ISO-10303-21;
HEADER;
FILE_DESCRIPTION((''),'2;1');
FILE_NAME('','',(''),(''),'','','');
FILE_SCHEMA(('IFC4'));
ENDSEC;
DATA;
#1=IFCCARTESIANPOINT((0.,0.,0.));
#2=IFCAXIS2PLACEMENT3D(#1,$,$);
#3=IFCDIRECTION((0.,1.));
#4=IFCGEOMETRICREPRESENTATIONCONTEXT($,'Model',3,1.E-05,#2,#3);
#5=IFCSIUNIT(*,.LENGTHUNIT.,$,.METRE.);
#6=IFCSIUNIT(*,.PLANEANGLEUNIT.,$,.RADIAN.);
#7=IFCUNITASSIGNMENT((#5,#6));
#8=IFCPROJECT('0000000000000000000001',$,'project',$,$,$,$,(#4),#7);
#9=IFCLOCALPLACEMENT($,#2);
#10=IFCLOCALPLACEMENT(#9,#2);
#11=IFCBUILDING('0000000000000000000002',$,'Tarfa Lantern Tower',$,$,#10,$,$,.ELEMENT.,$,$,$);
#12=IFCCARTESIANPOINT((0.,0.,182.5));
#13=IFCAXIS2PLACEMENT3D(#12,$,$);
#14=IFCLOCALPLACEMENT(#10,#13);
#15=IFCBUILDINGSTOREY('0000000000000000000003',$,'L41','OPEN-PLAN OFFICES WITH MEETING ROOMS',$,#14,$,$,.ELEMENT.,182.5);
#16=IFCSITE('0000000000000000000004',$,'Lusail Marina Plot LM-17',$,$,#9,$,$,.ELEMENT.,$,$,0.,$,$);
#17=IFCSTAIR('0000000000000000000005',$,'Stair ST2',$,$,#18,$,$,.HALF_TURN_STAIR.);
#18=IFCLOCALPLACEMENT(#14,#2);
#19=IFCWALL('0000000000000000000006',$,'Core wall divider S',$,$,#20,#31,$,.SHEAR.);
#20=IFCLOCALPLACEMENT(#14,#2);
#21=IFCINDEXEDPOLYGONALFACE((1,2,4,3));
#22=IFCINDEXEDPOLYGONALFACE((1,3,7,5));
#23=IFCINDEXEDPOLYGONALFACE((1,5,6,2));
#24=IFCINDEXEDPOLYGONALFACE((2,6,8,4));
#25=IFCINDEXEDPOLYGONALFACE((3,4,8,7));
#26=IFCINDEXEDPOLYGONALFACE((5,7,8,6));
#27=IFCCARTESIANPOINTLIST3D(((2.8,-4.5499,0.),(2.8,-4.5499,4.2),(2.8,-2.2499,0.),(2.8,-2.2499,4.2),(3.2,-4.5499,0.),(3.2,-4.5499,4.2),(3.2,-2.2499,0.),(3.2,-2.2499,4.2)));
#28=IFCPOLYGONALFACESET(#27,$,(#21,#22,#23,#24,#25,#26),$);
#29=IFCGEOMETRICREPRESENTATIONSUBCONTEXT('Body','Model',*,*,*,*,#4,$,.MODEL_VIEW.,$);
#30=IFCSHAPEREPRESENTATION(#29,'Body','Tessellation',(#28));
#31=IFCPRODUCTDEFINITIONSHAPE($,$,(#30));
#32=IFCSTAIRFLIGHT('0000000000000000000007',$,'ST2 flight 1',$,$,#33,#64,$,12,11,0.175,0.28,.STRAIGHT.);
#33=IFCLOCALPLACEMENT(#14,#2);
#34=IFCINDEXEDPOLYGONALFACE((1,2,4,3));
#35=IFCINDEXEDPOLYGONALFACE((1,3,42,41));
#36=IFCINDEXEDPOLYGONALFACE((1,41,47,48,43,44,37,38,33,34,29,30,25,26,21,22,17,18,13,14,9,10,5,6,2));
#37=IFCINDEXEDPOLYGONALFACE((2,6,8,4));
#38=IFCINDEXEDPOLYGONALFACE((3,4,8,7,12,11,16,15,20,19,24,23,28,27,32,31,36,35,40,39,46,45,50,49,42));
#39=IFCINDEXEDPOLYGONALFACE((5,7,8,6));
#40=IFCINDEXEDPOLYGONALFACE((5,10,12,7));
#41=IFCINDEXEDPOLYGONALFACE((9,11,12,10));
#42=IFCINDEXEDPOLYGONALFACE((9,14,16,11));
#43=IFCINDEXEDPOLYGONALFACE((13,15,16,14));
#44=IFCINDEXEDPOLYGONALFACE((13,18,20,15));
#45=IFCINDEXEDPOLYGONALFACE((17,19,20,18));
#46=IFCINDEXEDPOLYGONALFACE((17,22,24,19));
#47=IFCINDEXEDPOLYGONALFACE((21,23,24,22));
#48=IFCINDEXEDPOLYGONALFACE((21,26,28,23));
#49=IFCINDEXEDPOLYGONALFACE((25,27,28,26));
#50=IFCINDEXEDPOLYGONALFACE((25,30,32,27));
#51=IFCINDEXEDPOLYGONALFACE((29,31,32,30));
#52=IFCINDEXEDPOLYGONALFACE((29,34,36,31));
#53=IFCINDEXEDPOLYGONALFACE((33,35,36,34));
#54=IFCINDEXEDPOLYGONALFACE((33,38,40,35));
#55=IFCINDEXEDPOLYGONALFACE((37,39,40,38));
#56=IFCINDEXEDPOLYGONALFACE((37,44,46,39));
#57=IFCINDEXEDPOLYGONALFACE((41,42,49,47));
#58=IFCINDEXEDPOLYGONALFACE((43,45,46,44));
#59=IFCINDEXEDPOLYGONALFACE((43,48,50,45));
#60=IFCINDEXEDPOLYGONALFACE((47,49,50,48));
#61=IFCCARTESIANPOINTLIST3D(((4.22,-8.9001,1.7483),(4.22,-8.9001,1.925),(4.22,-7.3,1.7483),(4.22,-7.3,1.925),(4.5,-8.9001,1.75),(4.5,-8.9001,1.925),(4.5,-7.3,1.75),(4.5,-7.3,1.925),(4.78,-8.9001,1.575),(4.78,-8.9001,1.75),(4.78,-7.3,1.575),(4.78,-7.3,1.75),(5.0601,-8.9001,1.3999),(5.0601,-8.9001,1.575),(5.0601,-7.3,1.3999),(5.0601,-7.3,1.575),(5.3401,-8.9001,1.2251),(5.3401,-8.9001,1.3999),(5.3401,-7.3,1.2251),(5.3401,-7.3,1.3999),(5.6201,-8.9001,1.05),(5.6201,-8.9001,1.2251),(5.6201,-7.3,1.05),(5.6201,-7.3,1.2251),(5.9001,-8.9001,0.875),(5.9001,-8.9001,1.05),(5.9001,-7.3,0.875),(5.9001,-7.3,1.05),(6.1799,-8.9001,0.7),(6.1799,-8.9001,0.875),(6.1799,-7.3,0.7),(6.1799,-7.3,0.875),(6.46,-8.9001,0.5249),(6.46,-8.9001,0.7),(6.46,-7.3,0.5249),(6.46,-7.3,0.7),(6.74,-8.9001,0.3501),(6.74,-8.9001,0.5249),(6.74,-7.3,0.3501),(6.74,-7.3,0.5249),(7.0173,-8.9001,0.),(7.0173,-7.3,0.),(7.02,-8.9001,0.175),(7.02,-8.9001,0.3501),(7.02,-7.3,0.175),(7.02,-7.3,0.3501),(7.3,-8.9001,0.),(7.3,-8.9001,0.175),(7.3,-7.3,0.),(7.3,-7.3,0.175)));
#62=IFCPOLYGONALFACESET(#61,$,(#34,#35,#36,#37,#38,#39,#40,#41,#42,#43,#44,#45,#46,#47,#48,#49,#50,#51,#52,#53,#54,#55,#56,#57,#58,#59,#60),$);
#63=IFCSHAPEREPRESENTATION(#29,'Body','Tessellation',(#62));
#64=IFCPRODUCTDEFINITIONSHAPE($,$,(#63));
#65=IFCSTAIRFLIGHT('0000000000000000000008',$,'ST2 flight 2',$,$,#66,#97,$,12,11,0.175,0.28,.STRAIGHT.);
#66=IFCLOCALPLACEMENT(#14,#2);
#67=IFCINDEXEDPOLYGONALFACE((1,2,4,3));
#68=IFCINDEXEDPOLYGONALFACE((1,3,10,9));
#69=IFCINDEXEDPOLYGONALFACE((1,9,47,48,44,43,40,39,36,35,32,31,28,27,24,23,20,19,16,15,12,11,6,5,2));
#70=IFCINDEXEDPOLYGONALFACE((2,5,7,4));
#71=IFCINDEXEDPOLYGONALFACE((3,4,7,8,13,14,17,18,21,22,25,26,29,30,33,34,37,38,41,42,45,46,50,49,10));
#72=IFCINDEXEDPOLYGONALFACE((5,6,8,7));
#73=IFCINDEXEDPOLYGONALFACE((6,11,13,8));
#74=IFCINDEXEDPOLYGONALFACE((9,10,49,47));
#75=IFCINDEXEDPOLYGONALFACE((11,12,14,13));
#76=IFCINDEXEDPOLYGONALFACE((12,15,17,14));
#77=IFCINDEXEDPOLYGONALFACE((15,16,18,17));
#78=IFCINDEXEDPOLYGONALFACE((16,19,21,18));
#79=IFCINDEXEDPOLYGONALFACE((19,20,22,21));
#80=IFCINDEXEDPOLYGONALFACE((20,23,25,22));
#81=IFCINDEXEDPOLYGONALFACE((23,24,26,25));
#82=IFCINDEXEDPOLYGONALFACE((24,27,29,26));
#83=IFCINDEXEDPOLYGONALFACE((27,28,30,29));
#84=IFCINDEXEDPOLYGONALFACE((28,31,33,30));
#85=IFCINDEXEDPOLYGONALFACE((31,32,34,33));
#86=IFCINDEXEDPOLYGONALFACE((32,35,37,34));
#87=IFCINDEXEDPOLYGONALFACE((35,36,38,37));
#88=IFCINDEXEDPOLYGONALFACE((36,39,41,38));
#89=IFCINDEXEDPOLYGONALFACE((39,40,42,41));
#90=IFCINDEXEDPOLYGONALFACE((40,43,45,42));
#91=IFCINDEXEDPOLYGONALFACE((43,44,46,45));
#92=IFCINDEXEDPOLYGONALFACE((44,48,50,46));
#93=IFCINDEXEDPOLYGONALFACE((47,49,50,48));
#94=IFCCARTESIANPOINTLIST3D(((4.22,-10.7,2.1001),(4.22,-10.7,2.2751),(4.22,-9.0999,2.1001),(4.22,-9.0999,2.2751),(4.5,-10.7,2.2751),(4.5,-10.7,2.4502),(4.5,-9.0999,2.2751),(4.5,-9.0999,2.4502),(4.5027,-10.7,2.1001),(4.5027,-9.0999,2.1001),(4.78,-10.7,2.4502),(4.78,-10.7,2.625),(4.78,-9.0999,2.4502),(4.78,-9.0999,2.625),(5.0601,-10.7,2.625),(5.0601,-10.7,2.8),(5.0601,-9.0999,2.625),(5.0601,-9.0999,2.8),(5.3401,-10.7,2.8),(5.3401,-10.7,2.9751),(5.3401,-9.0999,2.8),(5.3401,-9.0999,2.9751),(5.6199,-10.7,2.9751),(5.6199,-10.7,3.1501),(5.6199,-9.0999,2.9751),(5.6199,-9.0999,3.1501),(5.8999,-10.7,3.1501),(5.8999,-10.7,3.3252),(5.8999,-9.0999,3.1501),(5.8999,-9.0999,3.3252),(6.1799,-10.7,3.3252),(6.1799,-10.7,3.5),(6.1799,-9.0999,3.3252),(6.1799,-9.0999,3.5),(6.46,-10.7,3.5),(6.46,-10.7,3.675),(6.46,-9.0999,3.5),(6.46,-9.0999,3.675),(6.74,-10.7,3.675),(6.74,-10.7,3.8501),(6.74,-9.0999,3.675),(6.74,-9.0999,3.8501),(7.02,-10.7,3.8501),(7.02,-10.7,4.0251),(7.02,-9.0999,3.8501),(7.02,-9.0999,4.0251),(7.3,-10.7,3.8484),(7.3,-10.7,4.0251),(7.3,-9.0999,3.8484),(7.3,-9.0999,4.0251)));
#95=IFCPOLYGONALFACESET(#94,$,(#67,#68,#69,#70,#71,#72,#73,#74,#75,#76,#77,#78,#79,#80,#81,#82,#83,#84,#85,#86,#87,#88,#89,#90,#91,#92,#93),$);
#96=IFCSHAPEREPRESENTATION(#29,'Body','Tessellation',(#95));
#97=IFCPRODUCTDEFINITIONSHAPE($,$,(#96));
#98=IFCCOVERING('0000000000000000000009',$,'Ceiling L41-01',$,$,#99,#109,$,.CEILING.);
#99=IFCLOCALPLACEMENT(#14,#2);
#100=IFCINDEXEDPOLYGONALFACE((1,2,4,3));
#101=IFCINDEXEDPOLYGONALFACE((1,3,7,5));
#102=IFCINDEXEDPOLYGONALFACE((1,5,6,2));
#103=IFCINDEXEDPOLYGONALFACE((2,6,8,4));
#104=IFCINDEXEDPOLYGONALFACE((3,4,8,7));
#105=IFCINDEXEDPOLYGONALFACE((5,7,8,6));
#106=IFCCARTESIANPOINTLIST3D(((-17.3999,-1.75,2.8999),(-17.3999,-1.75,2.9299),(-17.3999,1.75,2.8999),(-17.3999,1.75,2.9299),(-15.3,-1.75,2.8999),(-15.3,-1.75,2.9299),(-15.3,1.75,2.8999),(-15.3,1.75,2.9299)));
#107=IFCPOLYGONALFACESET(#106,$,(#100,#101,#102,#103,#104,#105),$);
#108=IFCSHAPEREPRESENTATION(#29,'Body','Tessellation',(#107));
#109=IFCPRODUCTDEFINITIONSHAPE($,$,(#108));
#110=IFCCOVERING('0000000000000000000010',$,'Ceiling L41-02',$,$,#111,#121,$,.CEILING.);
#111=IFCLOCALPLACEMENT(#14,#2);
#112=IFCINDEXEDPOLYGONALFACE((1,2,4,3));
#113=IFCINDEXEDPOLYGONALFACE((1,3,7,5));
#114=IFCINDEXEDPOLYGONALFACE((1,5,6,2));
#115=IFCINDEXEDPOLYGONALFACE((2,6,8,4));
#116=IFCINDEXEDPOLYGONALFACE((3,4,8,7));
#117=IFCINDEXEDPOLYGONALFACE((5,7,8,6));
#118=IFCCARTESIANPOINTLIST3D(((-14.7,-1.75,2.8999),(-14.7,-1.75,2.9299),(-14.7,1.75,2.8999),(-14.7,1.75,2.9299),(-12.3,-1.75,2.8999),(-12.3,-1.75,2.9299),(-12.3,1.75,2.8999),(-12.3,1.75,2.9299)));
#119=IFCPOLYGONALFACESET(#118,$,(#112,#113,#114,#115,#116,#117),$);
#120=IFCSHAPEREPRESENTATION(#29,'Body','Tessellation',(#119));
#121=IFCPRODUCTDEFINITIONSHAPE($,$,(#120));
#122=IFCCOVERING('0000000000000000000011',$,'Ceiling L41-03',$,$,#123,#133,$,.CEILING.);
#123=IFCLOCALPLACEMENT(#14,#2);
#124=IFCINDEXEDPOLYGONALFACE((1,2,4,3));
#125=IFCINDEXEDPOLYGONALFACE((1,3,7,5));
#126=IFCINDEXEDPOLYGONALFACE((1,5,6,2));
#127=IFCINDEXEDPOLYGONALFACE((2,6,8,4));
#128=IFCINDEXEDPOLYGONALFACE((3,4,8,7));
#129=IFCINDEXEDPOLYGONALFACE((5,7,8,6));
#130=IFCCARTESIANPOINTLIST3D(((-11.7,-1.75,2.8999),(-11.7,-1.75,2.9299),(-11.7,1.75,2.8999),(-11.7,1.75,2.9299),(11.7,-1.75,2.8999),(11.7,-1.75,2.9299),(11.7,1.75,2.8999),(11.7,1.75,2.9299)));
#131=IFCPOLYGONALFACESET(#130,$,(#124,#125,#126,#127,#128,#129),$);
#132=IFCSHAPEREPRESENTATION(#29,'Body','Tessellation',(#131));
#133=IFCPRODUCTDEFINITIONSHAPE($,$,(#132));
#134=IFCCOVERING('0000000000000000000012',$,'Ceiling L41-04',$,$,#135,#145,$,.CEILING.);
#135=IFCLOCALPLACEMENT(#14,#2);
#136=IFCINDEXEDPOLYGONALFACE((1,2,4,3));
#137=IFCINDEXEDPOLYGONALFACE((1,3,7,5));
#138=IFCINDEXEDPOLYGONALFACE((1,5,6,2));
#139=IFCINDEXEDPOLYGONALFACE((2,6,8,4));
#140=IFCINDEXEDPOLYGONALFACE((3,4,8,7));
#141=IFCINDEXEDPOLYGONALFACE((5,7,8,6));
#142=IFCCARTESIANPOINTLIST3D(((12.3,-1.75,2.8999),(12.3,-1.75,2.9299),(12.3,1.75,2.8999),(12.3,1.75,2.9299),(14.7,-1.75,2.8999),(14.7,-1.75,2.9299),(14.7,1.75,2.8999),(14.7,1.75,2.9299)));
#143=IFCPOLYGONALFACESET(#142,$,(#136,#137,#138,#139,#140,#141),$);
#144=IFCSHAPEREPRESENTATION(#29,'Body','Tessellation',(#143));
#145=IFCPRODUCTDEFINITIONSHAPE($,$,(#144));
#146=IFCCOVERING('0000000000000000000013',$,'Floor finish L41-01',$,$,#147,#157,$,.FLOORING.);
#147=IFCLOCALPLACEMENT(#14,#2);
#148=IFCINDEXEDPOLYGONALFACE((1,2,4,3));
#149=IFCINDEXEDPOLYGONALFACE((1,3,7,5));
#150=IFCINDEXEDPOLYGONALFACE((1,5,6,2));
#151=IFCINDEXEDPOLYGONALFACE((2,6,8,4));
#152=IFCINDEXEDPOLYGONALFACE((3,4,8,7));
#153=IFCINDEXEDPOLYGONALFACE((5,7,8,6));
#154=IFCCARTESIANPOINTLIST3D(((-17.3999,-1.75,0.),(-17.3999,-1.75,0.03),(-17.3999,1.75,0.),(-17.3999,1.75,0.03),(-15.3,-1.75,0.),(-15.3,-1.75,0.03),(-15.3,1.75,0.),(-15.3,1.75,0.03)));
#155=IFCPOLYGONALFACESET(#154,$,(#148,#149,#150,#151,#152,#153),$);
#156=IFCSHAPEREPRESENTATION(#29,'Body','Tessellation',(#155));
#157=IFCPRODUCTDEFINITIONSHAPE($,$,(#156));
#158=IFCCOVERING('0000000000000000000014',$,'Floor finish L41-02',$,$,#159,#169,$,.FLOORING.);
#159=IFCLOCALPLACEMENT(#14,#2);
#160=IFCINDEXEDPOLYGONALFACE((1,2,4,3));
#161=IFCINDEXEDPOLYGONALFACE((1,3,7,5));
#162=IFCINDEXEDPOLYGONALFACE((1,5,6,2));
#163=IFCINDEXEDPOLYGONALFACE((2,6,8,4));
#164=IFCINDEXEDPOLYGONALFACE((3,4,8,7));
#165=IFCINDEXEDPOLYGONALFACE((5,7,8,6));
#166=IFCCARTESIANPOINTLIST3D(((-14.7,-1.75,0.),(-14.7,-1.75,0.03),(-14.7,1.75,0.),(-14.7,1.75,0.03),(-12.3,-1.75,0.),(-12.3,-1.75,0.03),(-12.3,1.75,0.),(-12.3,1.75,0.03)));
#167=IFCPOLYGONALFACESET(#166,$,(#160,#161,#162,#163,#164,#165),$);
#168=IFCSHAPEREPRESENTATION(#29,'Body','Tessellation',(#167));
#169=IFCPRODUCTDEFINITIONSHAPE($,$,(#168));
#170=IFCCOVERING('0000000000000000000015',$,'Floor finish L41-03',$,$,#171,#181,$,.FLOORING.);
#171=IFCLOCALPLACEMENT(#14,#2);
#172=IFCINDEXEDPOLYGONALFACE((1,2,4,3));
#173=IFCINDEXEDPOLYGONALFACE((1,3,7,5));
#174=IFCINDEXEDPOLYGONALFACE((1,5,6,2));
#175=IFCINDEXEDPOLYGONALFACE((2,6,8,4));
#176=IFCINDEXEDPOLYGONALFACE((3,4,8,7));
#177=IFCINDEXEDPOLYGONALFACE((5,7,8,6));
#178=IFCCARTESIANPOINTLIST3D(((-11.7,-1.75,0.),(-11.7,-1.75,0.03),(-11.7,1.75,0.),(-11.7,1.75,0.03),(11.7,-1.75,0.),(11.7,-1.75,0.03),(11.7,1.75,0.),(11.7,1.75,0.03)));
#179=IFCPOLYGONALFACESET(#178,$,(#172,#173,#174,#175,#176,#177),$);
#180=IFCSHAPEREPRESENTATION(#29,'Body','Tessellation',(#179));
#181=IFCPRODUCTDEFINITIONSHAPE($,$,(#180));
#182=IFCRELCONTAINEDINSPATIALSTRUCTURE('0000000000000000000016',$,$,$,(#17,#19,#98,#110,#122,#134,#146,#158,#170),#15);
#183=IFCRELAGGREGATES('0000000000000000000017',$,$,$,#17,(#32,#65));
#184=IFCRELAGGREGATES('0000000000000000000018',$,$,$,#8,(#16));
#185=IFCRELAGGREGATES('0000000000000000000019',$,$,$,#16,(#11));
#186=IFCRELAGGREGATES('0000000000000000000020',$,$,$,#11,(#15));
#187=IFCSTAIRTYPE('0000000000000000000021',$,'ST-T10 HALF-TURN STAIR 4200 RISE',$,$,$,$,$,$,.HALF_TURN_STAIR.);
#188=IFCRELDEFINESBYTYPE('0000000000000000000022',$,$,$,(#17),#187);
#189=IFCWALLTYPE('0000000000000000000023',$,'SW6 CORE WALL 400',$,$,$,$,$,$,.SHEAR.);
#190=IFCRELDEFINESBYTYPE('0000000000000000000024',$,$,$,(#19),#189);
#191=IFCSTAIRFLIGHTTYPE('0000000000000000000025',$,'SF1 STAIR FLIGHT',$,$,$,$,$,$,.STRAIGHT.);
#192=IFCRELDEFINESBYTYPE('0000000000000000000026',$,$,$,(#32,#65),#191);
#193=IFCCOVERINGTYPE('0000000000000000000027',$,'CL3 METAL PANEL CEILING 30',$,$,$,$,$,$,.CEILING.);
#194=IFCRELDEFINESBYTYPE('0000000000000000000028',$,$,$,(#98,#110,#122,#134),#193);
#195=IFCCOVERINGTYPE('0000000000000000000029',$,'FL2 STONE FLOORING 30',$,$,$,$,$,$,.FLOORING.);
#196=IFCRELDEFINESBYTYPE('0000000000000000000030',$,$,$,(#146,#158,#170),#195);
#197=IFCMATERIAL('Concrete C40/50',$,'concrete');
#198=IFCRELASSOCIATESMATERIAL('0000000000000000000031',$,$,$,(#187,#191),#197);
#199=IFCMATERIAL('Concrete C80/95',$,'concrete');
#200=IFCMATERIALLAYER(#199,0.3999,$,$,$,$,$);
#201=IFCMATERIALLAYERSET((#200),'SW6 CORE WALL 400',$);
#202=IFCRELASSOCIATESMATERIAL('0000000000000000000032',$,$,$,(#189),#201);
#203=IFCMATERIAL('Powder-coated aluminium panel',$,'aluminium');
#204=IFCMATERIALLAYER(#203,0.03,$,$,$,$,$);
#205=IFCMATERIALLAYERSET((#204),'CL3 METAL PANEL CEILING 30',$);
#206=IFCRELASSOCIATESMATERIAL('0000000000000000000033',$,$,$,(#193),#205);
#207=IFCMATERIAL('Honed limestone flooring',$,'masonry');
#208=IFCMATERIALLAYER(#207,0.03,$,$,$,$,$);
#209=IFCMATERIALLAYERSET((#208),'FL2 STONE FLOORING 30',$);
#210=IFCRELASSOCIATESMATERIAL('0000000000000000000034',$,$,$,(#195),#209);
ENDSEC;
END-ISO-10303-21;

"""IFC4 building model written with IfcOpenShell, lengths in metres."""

from ifc_helpers import new_model, si_unit, direction, frame, frame_2d, origin, place, context, subcontext, project, spatial, polyline, rectangle, outline, extrude, material, layer, layer_set, type_object, element, aggregate, save


model = new_model("IFC4")

# Units and contexts
model_context = context("Model", 3, precision=1e-05, world=origin(), true_north=direction((0.0, 1.0)))
body_context = subcontext(model_context, "Body", "Model", "MODEL_VIEW")
ifc_project = project(units=[si_unit("LENGTHUNIT", "METRE"), si_unit("PLANEANGLEUNIT", "RADIAN")], contexts=[model_context])

# Site, building, storey
site_placement = place(None, origin())
site = spatial("IfcSite", under=ifc_project, at=site_placement, Name="Lusail Marina Plot LM-17", CompositionType="ELEMENT", RefElevation=0.0)
building_placement = place(site_placement, origin())
building = spatial("IfcBuilding", under=site, at=building_placement, Name="Tarfa Lantern Tower", CompositionType="ELEMENT")
storey_placement = place(building_placement, frame((0.0, 0.0, 182.5)))
storey = spatial("IfcBuildingStorey", under=building, at=storey_placement, Name="L41", Description="OPEN-PLAN OFFICES WITH MEETING ROOMS", CompositionType="ELEMENT", Elevation=182.5)

# Stair
ifc_material_1 = material(Name="Concrete C40/50", Category="concrete")
stair_type = type_object("IfcStairType", Name="ST-T10 HALF-TURN STAIR 4200 RISE", PredefinedType="HALF_TURN_STAIR", material=ifc_material_1)
stair_1_placement = place(storey_placement, origin())
stair_1 = element("IfcStair", 1, at=stair_1_placement, inside=storey, type_object=stair_type, Name="Stair ST2", PredefinedType="HALF_TURN_STAIR")

# Shared definitions
ifc_material_2 = material(Name="Concrete C80/95", Category="concrete")

# Wall
ifc_layer_1 = layer(ifc_material_2, 0.3999)
ifc_layer_set_1 = layer_set([ifc_layer_1], Name="SW6 CORE WALL 400")
wall_type_1 = type_object("IfcWallType", Name="SW6 CORE WALL 400", PredefinedType="SHEAR", material=ifc_layer_set_1)
for number, where, z_axis, x_axis, name in (
    (2, (3.0, -2.25, 0.0), (0.0, 0.0, 1.0), (0.0, -1.0, 0.0), "Core wall divider S"),
):
    element("IfcWall", number, at=place(storey_placement, frame(where, z_axis=z_axis, x_axis=x_axis)), inside=storey, type_object=wall_type_1, Name=name, PredefinedType="SHEAR", context=body_context, shape_type="SweptSolid", body=[
        extrude(rectangle(XDim=2.3, YDim=0.3999, at=frame_2d((1.1499, 0.0))), origin(), (0.0, 0.0, 1.0), 4.2),
    ])

# Stair flights
stair_flight_type = type_object("IfcStairFlightType", Name="SF1 STAIR FLIGHT", PredefinedType="STRAIGHT", material=ifc_material_1)
stair_flight_1_placement = place(storey_placement, frame((7.3, -8.1001, 0.0), z_axis=(0.0, 0.0, 1.0), x_axis=(-1.0, 0.0, 0.0)))
stair_flight_1 = element("IfcStairFlight", 3, at=stair_flight_1_placement, type_object=stair_flight_type, Name="ST2 flight 1", NumberOfRisers=12, NumberOfTreads=11, PredefinedType="STRAIGHT", RiserHeight=0.175, TreadLength=0.28, context=body_context, shape_type="SweptSolid", body=[
    extrude(outline(polyline([(0.0, 0.0), (0.0, 0.175), (0.28, 0.175), (0.28, 0.3501), (0.5601, 0.3501), (0.5601, 0.5249), (0.8401, 0.5249), (0.8401, 0.7), (1.1201, 0.7), (1.1201, 0.875), (1.3999, 0.875), (1.3999, 1.05), (1.6799, 1.05), (1.6799, 1.2251), (1.96, 1.2251), (1.96, 1.3999), (2.24, 1.3999), (2.24, 1.575), (2.52, 1.575), (2.52, 1.75), (2.8, 1.75), (2.8, 1.925), (3.0801, 1.925), (3.0801, 2.1001), (3.0801, 1.7483), (0.2827, 0.0), (0.0, 0.0)])), frame((0.0, 0.8, 0.0), z_axis=(0.0, -1.0, 0.0), x_axis=(1.0, 0.0, 0.0)), (0.0, 0.0, 1.0), 1.6001),
])
stair_flight_2_placement = place(storey_placement, frame((4.22, -9.8999, 2.1001), z_axis=(0.0, 0.0, 1.0), x_axis=(1.0, 0.0, 0.0)))
stair_flight_2 = element("IfcStairFlight", 4, at=stair_flight_2_placement, type_object=stair_flight_type, Name="ST2 flight 2", NumberOfRisers=12, NumberOfTreads=11, PredefinedType="STRAIGHT", RiserHeight=0.175, TreadLength=0.28, context=body_context, shape_type="SweptSolid", body=[
    extrude(outline(polyline([(0.0, 0.0), (0.0, 0.175), (0.28, 0.175), (0.28, 0.3501), (0.5601, 0.3501), (0.5601, 0.5249), (0.8401, 0.5249), (0.8401, 0.7), (1.1201, 0.7), (1.1201, 0.875), (1.3999, 0.875), (1.3999, 1.05), (1.6799, 1.05), (1.6799, 1.2251), (1.96, 1.2251), (1.96, 1.3999), (2.24, 1.3999), (2.24, 1.575), (2.52, 1.575), (2.52, 1.75), (2.8, 1.75), (2.8, 1.925), (3.0801, 1.925), (3.0801, 2.1001), (3.0801, 1.7483), (0.2827, 0.0), (0.0, 0.0)])), frame((0.0, 0.8, 0.0), z_axis=(0.0, -1.0, 0.0), x_axis=(1.0, 0.0, 0.0)), (0.0, 0.0, 1.0), 1.6001),
])
aggregate(stair_1, [stair_flight_1, stair_flight_2])

# Coverings
ifc_material_3 = material(Name="Powder-coated aluminium panel", Category="aluminium")
ifc_layer_2 = layer(ifc_material_3, 0.03)
ifc_layer_set_2 = layer_set([ifc_layer_2], Name="CL3 METAL PANEL CEILING 30")
covering_type_1 = type_object("IfcCoveringType", Name="CL3 METAL PANEL CEILING 30", PredefinedType="CEILING", material=ifc_layer_set_2)
covering_1_placement = place(storey_placement, frame((0.0, 0.0, 2.8999)))
element("IfcCovering", 5, at=covering_1_placement, inside=storey, type_object=covering_type_1, Name="Ceiling L41-01", PredefinedType="CEILING", context=body_context, shape_type="SweptSolid", body=[
    extrude(outline(polyline([(-17.3999, -1.75), (-15.3, -1.75), (-15.3, 1.75), (-17.3999, 1.75), (-17.3999, -1.75)])), origin(), (0.0, 0.0, 1.0), 0.03),
])
covering_2_placement = place(storey_placement, frame((0.0, 0.0, 2.8999)))
element("IfcCovering", 6, at=covering_2_placement, inside=storey, type_object=covering_type_1, Name="Ceiling L41-02", PredefinedType="CEILING", context=body_context, shape_type="SweptSolid", body=[
    extrude(outline(polyline([(-14.7, -1.75), (-12.3, -1.75), (-12.3, 1.75), (-14.7, 1.75), (-14.7, -1.75)])), origin(), (0.0, 0.0, 1.0), 0.03),
])
covering_3_placement = place(storey_placement, frame((0.0, 0.0, 2.8999)))
element("IfcCovering", 7, at=covering_3_placement, inside=storey, type_object=covering_type_1, Name="Ceiling L41-03", PredefinedType="CEILING", context=body_context, shape_type="SweptSolid", body=[
    extrude(outline(polyline([(-11.7, -1.75), (11.7, -1.75), (11.7, 1.75), (-11.7, 1.75), (-11.7, -1.75)])), origin(), (0.0, 0.0, 1.0), 0.03),
])
covering_4_placement = place(storey_placement, frame((0.0, 0.0, 2.8999)))
element("IfcCovering", 8, at=covering_4_placement, inside=storey, type_object=covering_type_1, Name="Ceiling L41-04", PredefinedType="CEILING", context=body_context, shape_type="SweptSolid", body=[
    extrude(outline(polyline([(12.3, -1.75), (14.7, -1.75), (14.7, 1.75), (12.3, 1.75), (12.3, -1.75)])), origin(), (0.0, 0.0, 1.0), 0.03),
])
ifc_material_4 = material(Name="Honed limestone flooring", Category="masonry")
ifc_layer_3 = layer(ifc_material_4, 0.03)
ifc_layer_set_3 = layer_set([ifc_layer_3], Name="FL2 STONE FLOORING 30")
covering_type_2 = type_object("IfcCoveringType", Name="FL2 STONE FLOORING 30", PredefinedType="FLOORING", material=ifc_layer_set_3)
covering_5_placement = place(storey_placement, origin())
element("IfcCovering", 9, at=covering_5_placement, inside=storey, type_object=covering_type_2, Name="Floor finish L41-01", PredefinedType="FLOORING", context=body_context, shape_type="SweptSolid", body=[
    extrude(outline(polyline([(-17.3999, -1.75), (-15.3, -1.75), (-15.3, 1.75), (-17.3999, 1.75), (-17.3999, -1.75)])), origin(), (0.0, 0.0, 1.0), 0.03),
])
covering_6_placement = place(storey_placement, origin())
element("IfcCovering", 10, at=covering_6_placement, inside=storey, type_object=covering_type_2, Name="Floor finish L41-02", PredefinedType="FLOORING", context=body_context, shape_type="SweptSolid", body=[
    extrude(outline(polyline([(-14.7, -1.75), (-12.3, -1.75), (-12.3, 1.75), (-14.7, 1.75), (-14.7, -1.75)])), origin(), (0.0, 0.0, 1.0), 0.03),
])
covering_7_placement = place(storey_placement, origin())
element("IfcCovering", 11, at=covering_7_placement, inside=storey, type_object=covering_type_2, Name="Floor finish L41-03", PredefinedType="FLOORING", context=body_context, shape_type="SweptSolid", body=[
    extrude(outline(polyline([(-11.7, -1.75), (11.7, -1.75), (11.7, 1.75), (-11.7, 1.75), (-11.7, -1.75)])), origin(), (0.0, 0.0, 1.0), 0.03),
])

save(model, "model.ifc")
